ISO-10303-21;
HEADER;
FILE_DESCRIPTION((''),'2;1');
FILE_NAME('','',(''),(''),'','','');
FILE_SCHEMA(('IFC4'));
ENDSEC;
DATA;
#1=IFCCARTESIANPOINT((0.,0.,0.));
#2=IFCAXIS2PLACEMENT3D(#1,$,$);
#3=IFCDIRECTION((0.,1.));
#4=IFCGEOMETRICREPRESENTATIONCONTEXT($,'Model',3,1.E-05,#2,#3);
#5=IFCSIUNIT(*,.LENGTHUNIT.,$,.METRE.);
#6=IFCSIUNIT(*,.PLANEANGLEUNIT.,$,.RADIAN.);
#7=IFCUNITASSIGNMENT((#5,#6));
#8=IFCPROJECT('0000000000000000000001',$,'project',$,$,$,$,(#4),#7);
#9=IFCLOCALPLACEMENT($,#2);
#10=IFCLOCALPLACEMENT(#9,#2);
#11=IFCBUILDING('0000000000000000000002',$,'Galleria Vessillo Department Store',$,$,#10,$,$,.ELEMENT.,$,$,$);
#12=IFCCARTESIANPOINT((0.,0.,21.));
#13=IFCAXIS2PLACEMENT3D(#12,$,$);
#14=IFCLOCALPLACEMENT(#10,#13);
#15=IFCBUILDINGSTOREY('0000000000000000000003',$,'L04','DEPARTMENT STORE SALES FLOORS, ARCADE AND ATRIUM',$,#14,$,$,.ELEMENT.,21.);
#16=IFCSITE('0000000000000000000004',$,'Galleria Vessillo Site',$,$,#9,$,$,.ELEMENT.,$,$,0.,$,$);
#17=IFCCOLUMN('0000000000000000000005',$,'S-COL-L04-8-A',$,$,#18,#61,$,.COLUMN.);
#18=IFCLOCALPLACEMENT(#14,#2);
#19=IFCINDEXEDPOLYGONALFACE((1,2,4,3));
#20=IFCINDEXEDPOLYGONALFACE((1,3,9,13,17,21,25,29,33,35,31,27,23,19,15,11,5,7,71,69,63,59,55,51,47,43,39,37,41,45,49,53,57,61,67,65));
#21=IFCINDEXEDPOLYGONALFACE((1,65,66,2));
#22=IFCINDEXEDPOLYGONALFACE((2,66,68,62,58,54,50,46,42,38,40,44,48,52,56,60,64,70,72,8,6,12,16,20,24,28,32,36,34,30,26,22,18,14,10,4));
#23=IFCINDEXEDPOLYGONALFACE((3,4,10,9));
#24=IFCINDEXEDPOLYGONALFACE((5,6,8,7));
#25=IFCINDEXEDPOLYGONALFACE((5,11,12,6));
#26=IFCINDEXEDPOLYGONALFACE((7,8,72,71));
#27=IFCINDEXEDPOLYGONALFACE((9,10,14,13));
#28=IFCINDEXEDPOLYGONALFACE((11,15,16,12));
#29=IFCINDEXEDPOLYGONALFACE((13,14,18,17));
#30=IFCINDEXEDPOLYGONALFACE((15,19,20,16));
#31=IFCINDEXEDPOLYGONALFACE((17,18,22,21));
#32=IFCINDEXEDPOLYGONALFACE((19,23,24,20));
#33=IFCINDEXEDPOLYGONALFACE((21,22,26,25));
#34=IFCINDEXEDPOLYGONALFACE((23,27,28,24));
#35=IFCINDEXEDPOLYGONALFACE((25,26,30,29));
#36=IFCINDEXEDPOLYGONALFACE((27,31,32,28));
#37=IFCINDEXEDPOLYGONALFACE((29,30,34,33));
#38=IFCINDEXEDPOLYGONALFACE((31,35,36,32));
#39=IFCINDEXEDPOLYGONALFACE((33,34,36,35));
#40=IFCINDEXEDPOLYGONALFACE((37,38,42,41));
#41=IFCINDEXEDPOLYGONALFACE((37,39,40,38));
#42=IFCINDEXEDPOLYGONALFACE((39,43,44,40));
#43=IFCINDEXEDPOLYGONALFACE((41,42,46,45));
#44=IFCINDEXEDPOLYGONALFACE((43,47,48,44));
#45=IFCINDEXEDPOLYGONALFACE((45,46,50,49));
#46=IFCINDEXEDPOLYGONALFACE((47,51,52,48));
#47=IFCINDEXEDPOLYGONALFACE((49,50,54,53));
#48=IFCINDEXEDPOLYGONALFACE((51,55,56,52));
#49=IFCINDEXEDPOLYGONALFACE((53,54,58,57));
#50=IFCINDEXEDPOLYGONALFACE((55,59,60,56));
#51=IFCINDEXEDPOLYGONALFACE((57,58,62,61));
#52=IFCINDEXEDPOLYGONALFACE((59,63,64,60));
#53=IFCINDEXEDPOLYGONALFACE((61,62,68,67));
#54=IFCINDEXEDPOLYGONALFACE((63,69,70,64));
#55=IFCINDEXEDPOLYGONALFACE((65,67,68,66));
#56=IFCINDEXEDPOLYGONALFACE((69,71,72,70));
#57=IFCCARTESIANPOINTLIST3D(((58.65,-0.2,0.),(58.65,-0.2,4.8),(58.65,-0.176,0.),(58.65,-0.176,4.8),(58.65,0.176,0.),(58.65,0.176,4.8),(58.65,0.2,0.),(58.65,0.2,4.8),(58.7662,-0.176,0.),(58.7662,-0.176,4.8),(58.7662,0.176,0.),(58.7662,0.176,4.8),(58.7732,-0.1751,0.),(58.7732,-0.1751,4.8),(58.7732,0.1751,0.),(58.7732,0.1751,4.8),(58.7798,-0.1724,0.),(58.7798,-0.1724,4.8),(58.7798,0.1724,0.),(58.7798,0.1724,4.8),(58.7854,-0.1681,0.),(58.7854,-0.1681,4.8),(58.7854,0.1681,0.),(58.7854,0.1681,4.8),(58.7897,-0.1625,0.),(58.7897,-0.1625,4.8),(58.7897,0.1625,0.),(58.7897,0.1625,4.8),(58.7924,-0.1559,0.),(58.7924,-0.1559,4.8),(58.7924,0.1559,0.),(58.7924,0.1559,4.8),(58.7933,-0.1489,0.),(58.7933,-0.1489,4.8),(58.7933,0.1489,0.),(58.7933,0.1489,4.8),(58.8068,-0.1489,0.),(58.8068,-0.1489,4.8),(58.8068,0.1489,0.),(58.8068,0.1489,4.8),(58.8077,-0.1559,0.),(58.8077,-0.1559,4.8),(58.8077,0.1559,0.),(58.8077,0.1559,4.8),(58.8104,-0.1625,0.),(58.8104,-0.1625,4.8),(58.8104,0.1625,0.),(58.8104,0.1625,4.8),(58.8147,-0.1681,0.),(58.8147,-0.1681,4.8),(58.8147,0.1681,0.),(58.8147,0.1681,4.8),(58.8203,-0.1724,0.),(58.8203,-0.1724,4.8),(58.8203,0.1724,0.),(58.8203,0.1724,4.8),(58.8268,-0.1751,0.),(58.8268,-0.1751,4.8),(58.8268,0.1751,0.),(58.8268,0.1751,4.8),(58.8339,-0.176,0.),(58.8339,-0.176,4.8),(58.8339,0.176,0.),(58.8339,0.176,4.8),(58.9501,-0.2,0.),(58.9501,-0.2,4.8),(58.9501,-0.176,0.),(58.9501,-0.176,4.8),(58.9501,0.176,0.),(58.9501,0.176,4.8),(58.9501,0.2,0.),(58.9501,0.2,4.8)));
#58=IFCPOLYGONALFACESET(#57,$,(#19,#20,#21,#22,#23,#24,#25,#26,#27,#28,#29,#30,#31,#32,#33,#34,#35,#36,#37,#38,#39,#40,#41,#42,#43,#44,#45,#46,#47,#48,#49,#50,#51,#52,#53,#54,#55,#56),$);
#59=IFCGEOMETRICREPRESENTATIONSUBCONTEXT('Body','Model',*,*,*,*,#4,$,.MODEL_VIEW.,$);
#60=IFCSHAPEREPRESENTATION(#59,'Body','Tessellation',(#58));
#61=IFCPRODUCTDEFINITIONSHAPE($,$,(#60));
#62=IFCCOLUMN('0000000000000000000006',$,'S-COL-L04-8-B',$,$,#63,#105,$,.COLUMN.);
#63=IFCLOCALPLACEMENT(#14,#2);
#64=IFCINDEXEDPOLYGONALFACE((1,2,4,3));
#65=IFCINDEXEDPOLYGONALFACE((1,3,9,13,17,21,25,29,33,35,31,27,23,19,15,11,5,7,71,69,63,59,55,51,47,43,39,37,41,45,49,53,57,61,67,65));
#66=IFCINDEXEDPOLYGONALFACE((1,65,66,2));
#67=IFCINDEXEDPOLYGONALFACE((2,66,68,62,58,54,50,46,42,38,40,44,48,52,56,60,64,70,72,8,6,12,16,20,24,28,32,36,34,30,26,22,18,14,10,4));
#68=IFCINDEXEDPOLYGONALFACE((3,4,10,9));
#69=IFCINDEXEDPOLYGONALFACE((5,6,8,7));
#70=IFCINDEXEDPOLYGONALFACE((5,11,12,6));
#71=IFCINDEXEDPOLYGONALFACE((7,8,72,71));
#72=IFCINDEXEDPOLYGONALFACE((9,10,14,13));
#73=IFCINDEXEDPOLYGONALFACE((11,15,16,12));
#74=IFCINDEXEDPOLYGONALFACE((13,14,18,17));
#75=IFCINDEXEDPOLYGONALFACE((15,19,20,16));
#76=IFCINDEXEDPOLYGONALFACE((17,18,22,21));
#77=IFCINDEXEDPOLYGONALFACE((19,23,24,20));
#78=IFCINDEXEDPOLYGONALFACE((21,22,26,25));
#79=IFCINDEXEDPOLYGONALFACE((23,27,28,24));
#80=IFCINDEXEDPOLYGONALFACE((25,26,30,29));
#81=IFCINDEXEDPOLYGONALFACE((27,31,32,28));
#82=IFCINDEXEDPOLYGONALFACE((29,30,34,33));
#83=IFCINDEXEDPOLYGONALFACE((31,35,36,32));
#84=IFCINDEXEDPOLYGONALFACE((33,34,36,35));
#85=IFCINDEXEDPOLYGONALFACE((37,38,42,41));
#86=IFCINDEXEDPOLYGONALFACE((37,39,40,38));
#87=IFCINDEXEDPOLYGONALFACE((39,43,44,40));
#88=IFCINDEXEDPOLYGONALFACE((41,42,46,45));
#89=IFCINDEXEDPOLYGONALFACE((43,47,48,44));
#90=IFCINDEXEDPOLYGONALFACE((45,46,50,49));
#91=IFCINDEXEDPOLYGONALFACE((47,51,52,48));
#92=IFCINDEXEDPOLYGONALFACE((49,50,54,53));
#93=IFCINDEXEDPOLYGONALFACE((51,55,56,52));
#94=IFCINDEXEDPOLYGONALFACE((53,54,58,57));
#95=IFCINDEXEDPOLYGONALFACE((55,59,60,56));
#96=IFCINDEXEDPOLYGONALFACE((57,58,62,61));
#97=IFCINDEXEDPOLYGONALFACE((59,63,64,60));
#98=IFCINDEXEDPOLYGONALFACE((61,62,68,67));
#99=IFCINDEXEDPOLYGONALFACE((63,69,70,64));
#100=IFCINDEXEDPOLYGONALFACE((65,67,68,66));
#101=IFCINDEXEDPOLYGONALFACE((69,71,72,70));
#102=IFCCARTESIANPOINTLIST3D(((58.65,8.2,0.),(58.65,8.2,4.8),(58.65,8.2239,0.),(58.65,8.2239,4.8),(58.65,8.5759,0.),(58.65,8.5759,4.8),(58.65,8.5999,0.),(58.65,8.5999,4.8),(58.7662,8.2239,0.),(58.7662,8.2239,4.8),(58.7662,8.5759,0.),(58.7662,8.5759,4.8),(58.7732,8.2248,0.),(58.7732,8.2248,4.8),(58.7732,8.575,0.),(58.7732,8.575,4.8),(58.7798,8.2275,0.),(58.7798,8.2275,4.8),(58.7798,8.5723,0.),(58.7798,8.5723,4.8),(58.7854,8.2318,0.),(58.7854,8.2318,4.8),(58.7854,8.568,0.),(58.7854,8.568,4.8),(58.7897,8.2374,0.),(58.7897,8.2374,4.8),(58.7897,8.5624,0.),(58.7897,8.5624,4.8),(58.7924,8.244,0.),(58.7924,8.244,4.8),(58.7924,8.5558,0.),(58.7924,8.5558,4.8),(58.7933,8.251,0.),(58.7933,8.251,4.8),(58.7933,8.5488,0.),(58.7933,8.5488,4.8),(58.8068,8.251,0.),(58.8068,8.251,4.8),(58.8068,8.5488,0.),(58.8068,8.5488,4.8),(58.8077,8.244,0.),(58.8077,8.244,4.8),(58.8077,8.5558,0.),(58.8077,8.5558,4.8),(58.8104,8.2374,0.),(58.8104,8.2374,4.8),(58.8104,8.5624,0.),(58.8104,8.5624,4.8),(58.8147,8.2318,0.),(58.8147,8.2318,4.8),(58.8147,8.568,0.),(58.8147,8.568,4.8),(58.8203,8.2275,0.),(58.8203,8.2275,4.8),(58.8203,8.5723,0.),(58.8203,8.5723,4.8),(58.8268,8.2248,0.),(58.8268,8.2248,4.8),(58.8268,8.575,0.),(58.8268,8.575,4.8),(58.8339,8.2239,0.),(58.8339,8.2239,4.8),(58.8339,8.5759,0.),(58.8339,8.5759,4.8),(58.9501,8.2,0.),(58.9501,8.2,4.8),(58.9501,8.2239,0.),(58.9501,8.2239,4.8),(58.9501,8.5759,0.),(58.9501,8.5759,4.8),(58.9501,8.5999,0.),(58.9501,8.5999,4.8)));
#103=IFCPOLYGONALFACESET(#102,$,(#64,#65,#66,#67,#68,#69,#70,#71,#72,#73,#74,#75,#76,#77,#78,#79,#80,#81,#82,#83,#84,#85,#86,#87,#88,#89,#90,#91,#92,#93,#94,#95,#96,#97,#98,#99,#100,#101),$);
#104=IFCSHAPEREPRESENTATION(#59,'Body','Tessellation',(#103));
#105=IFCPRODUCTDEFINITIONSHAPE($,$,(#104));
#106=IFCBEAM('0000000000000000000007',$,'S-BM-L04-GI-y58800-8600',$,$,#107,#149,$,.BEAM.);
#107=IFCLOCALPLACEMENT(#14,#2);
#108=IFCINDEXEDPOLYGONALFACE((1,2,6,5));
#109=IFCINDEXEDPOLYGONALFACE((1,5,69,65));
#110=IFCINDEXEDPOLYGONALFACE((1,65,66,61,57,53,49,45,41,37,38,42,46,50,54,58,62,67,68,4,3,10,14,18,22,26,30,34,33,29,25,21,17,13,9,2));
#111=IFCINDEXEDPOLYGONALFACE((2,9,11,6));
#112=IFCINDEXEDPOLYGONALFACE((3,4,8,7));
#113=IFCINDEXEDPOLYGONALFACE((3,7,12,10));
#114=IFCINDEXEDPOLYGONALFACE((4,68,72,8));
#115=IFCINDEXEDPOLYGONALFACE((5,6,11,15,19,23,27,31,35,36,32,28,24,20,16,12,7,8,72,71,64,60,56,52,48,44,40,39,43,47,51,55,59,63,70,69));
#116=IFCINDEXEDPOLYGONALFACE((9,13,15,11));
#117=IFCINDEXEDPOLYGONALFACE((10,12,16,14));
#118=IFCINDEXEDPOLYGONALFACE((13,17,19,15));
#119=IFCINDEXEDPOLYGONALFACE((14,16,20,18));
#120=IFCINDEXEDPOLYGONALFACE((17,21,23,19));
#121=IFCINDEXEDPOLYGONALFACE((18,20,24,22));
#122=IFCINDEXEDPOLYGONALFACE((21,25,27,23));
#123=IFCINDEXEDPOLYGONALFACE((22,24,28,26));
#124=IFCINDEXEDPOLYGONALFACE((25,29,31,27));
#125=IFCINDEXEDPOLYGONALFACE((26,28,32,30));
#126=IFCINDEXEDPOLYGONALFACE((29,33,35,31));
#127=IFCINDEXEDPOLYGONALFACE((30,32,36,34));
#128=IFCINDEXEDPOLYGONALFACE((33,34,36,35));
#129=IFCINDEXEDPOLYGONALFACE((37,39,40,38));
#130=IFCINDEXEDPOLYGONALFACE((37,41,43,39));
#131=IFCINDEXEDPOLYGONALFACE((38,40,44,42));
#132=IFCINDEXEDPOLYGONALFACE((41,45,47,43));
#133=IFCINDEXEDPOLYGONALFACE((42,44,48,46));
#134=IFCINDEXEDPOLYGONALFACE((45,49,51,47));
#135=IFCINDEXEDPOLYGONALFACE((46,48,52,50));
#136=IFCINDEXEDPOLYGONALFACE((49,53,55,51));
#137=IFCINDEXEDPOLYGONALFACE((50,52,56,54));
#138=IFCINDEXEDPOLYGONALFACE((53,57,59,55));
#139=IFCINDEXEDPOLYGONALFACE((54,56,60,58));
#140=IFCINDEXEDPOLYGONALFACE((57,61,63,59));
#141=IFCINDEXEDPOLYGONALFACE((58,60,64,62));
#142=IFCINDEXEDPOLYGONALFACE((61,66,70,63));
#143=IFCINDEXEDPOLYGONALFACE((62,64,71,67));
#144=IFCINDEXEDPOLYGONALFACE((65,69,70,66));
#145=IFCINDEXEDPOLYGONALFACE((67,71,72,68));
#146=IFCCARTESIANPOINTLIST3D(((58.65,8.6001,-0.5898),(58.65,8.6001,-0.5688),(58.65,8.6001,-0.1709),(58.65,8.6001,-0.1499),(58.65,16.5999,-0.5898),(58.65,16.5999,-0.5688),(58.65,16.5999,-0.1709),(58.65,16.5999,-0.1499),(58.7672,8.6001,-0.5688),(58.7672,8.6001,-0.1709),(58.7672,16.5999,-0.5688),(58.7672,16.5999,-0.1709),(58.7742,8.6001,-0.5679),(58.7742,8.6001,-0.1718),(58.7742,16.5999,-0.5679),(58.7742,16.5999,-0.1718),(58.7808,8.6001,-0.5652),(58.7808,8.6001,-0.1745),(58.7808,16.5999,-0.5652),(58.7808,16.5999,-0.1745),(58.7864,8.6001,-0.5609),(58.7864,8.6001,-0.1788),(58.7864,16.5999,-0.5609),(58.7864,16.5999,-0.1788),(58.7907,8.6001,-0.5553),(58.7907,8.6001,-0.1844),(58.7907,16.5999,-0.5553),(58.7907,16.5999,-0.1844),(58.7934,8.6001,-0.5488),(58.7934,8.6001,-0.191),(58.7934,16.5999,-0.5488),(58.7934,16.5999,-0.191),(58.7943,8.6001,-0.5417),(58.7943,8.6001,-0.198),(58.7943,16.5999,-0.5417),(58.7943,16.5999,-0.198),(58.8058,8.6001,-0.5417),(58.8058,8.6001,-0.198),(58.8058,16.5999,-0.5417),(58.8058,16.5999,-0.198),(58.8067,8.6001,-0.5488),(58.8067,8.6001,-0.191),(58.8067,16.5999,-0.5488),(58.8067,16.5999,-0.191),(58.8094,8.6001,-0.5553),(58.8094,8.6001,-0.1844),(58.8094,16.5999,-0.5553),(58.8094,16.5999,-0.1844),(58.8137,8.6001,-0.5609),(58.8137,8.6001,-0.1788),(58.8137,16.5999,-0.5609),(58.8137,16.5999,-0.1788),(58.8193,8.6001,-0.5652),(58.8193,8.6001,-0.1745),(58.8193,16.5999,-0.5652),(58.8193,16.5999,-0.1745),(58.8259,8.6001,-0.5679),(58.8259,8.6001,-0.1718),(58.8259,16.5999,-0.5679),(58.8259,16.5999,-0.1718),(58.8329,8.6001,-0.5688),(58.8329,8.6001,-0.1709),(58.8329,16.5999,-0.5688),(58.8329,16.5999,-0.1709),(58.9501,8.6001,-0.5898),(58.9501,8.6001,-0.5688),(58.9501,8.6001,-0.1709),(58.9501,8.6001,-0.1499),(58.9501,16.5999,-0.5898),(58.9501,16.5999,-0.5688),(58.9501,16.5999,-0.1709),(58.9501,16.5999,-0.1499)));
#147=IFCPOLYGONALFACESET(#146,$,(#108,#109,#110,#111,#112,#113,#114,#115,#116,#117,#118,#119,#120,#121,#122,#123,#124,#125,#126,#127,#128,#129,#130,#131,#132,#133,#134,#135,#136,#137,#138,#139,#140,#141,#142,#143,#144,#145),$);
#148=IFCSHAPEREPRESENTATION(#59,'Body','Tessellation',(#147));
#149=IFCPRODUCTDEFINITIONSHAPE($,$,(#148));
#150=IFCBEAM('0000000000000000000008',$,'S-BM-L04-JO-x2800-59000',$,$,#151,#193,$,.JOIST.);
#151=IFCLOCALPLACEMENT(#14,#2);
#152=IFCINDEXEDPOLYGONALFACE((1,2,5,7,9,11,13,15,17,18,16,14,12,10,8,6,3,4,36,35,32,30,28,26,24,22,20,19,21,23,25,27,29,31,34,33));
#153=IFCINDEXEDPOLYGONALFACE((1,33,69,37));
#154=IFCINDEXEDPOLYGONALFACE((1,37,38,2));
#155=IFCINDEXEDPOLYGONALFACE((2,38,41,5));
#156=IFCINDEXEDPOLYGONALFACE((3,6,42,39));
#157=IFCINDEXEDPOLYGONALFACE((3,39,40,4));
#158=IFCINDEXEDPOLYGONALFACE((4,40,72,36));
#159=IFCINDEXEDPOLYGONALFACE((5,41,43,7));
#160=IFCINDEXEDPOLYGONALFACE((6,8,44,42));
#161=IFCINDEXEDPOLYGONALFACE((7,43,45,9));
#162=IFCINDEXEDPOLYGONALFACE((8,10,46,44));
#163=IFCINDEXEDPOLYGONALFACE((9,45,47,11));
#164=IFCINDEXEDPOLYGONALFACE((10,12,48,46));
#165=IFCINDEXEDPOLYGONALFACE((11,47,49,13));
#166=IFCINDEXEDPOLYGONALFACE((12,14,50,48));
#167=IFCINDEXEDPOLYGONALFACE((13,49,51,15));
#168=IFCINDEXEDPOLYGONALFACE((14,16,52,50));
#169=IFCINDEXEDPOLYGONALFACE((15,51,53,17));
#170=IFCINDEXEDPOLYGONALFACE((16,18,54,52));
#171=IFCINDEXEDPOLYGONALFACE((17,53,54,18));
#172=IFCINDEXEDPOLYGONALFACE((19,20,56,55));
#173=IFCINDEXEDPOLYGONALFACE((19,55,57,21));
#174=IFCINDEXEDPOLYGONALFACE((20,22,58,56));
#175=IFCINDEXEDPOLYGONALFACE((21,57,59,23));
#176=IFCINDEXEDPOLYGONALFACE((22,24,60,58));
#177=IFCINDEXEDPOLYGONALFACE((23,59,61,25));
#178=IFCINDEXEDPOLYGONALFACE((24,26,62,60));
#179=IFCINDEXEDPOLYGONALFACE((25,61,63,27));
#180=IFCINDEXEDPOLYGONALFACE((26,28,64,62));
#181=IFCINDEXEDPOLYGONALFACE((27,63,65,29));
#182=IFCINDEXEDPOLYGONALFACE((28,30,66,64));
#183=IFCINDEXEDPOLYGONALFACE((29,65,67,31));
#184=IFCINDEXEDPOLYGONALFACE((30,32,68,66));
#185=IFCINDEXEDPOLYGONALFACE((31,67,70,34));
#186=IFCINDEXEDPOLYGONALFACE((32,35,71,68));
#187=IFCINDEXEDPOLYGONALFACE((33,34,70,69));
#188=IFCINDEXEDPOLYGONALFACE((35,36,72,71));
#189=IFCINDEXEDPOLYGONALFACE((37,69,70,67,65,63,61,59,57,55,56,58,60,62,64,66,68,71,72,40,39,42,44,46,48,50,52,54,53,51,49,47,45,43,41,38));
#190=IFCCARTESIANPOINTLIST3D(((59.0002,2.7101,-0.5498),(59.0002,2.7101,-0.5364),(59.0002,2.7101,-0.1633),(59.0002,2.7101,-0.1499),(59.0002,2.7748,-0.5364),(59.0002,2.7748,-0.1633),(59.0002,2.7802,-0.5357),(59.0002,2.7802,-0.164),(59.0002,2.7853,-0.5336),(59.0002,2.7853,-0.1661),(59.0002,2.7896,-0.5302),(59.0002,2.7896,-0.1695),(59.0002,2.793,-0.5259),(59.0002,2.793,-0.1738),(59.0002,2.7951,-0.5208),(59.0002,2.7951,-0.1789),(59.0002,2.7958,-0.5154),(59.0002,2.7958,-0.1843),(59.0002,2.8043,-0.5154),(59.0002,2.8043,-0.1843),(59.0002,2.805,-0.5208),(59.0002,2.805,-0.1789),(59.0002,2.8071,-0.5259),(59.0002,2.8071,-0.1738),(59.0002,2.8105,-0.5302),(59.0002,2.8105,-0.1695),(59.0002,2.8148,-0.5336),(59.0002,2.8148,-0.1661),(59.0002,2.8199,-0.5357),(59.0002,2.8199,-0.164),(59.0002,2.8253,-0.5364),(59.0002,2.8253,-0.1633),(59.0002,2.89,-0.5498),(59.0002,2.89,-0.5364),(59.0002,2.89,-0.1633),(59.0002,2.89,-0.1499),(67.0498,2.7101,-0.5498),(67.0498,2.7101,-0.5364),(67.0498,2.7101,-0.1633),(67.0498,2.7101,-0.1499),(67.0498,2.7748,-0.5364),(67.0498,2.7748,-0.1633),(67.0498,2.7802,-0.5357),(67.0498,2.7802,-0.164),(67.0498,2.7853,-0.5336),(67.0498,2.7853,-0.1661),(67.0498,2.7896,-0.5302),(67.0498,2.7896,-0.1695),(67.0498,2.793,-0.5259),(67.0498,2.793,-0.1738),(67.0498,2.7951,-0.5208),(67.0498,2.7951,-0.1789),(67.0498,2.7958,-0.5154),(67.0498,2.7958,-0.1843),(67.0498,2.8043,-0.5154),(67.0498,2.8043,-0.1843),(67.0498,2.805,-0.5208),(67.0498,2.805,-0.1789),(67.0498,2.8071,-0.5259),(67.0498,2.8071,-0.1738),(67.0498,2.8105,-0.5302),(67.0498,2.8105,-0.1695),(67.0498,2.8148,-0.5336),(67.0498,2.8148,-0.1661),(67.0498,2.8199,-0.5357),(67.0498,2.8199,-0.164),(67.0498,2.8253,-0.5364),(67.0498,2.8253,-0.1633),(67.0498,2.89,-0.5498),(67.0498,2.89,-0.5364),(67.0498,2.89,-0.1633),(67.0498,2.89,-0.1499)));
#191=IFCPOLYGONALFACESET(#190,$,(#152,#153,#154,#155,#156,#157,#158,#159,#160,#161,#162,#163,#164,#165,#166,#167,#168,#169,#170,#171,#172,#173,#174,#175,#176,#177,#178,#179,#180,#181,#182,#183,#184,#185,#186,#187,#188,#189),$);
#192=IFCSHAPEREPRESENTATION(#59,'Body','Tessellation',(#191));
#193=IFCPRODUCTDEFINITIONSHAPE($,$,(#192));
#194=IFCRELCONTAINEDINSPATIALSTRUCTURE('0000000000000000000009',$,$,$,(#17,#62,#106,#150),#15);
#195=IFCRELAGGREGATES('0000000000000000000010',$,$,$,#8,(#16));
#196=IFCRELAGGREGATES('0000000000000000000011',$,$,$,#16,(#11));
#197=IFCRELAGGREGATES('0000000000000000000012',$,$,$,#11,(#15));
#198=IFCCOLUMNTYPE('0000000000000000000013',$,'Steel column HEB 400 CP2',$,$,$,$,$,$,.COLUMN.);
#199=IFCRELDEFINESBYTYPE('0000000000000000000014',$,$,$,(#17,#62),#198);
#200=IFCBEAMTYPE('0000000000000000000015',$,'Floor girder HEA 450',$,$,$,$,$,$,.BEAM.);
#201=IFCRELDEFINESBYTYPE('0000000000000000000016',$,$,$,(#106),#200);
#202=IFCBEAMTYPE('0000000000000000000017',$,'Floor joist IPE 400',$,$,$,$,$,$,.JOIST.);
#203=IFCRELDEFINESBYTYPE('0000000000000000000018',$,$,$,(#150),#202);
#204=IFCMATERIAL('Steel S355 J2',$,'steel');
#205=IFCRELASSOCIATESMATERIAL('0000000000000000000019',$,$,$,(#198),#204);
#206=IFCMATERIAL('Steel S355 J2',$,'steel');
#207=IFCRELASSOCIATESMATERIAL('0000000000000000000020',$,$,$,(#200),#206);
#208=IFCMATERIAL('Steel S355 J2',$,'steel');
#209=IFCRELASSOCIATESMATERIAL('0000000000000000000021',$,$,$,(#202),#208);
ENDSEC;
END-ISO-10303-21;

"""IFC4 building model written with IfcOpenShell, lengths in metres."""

from ifc_helpers import new_model, si_unit, direction, frame, origin, origin_2d, place, context, subcontext, project, spatial, i_section, extrude, material, material_profile, profile_set, type_object, element, save


model = new_model("IFC4")

# Units and contexts
model_context = context("Model", 3, precision=1e-05, world=origin(), true_north=direction((0.0, 1.0)))
body_context = subcontext(model_context, "Body", "Model", "MODEL_VIEW")
ifc_project = project(units=[si_unit("LENGTHUNIT", "METRE"), si_unit("PLANEANGLEUNIT", "RADIAN")], contexts=[model_context])

# Site, building, storey
site_placement = place(None, origin())
site = spatial("IfcSite", under=ifc_project, at=site_placement, Name="Galleria Vessillo Site", CompositionType="ELEMENT", RefElevation=0.0)
building_placement = place(site_placement, origin())
building = spatial("IfcBuilding", under=site, at=building_placement, Name="Galleria Vessillo Department Store", CompositionType="ELEMENT")
storey_placement = place(building_placement, frame((0.0, 0.0, 21.0)))
storey = spatial("IfcBuildingStorey", under=building, at=storey_placement, Name="L04", Description="DEPARTMENT STORE SALES FLOORS, ARCADE AND ATRIUM", CompositionType="ELEMENT", Elevation=21.0)

# Columns
ifc_material_1 = material(Name="Steel S355 J2", Category="steel")
ifc_material_profile_1 = material_profile(ifc_material_1, i_section(OverallWidth=0.3, OverallDepth=0.3999, WebThickness=0.0134, FlangeThickness=0.0239, FilletRadius=0.0271, at=origin_2d()), Name="HEB 400")
ifc_profile_set_1 = profile_set([ifc_material_profile_1], Name="Steel S355 J2")
column_type = type_object("IfcColumnType", Name="Steel column HEB 400 CP2", PredefinedType="COLUMN", material=ifc_profile_set_1)
for number, where, z_axis, x_axis, name in (
    (1, (58.8, 0.0, 0.0), (0.0, 0.0, 1.0), (1.0, 0.0, 0.0), "S-COL-L04-8-A"),
    (2, (58.8, 8.3999, 0.0), (0.0, 0.0, 1.0), (1.0, 0.0, 0.0), "S-COL-L04-8-B"),
):
    element("IfcColumn", number, at=place(storey_placement, frame(where, z_axis=z_axis, x_axis=x_axis)), inside=storey, type_object=column_type, Name=name, PredefinedType="COLUMN", context=body_context, shape_type="SweptSolid", body=[
        extrude(i_section(OverallWidth=0.3, OverallDepth=0.3999, WebThickness=0.0134, FlangeThickness=0.0239, FilletRadius=0.0271, at=origin_2d()), origin(), (0.0, 0.0, 1.0), 4.8),
    ])

# Beams
ifc_material_2 = material(Name="Steel S355 J2", Category="steel")
ifc_material_profile_2 = material_profile(ifc_material_2, i_section(OverallWidth=0.3, OverallDepth=0.4399, WebThickness=0.0115, FlangeThickness=0.021, FilletRadius=0.0271, at=origin_2d()), Name="HEA 450")
ifc_profile_set_2 = profile_set([ifc_material_profile_2], Name="Steel S355 J2")
beam_type_1 = type_object("IfcBeamType", Name="Floor girder HEA 450", PredefinedType="BEAM", material=ifc_profile_set_2)
beam_1_placement = place(storey_placement, frame((58.8, 8.6001, -0.3699), z_axis=(0.0, 1.0, 0.0), x_axis=(-1.0, 0.0, 0.0)))
element("IfcBeam", 3, at=beam_1_placement, inside=storey, type_object=beam_type_1, Name="S-BM-L04-GI-y58800-8600", PredefinedType="BEAM", context=body_context, shape_type="SweptSolid", body=[
    extrude(i_section(OverallWidth=0.3, OverallDepth=0.4399, WebThickness=0.0115, FlangeThickness=0.021, FilletRadius=0.0271, at=origin_2d()), origin(), (0.0, 0.0, 1.0), 7.9998),
])
ifc_material_3 = material(Name="Steel S355 J2", Category="steel")
ifc_material_profile_3 = material_profile(ifc_material_3, i_section(OverallWidth=0.1799, OverallDepth=0.3999, WebThickness=0.0085, FlangeThickness=0.0134, FilletRadius=0.021, at=origin_2d()), Name="IPE 400")
ifc_profile_set_3 = profile_set([ifc_material_profile_3], Name="Steel S355 J2")
beam_type_2 = type_object("IfcBeamType", Name="Floor joist IPE 400", PredefinedType="JOIST", material=ifc_profile_set_3)
for number, where, z_axis, x_axis, name in (
    (4, (59.0002, 2.8, -0.3499), (1.0, 0.0, 0.0), (0.0, 1.0, 0.0), "S-BM-L04-JO-x2800-59000"),
):
    element("IfcBeam", number, at=place(storey_placement, frame(where, z_axis=z_axis, x_axis=x_axis)), inside=storey, type_object=beam_type_2, Name=name, PredefinedType="JOIST", context=body_context, shape_type="SweptSolid", body=[
        extrude(i_section(OverallWidth=0.1799, OverallDepth=0.3999, WebThickness=0.0085, FlangeThickness=0.0134, FilletRadius=0.021, at=origin_2d()), origin(), (0.0, 0.0, 1.0), 8.0496),
    ])

save(model, "model.ifc")
